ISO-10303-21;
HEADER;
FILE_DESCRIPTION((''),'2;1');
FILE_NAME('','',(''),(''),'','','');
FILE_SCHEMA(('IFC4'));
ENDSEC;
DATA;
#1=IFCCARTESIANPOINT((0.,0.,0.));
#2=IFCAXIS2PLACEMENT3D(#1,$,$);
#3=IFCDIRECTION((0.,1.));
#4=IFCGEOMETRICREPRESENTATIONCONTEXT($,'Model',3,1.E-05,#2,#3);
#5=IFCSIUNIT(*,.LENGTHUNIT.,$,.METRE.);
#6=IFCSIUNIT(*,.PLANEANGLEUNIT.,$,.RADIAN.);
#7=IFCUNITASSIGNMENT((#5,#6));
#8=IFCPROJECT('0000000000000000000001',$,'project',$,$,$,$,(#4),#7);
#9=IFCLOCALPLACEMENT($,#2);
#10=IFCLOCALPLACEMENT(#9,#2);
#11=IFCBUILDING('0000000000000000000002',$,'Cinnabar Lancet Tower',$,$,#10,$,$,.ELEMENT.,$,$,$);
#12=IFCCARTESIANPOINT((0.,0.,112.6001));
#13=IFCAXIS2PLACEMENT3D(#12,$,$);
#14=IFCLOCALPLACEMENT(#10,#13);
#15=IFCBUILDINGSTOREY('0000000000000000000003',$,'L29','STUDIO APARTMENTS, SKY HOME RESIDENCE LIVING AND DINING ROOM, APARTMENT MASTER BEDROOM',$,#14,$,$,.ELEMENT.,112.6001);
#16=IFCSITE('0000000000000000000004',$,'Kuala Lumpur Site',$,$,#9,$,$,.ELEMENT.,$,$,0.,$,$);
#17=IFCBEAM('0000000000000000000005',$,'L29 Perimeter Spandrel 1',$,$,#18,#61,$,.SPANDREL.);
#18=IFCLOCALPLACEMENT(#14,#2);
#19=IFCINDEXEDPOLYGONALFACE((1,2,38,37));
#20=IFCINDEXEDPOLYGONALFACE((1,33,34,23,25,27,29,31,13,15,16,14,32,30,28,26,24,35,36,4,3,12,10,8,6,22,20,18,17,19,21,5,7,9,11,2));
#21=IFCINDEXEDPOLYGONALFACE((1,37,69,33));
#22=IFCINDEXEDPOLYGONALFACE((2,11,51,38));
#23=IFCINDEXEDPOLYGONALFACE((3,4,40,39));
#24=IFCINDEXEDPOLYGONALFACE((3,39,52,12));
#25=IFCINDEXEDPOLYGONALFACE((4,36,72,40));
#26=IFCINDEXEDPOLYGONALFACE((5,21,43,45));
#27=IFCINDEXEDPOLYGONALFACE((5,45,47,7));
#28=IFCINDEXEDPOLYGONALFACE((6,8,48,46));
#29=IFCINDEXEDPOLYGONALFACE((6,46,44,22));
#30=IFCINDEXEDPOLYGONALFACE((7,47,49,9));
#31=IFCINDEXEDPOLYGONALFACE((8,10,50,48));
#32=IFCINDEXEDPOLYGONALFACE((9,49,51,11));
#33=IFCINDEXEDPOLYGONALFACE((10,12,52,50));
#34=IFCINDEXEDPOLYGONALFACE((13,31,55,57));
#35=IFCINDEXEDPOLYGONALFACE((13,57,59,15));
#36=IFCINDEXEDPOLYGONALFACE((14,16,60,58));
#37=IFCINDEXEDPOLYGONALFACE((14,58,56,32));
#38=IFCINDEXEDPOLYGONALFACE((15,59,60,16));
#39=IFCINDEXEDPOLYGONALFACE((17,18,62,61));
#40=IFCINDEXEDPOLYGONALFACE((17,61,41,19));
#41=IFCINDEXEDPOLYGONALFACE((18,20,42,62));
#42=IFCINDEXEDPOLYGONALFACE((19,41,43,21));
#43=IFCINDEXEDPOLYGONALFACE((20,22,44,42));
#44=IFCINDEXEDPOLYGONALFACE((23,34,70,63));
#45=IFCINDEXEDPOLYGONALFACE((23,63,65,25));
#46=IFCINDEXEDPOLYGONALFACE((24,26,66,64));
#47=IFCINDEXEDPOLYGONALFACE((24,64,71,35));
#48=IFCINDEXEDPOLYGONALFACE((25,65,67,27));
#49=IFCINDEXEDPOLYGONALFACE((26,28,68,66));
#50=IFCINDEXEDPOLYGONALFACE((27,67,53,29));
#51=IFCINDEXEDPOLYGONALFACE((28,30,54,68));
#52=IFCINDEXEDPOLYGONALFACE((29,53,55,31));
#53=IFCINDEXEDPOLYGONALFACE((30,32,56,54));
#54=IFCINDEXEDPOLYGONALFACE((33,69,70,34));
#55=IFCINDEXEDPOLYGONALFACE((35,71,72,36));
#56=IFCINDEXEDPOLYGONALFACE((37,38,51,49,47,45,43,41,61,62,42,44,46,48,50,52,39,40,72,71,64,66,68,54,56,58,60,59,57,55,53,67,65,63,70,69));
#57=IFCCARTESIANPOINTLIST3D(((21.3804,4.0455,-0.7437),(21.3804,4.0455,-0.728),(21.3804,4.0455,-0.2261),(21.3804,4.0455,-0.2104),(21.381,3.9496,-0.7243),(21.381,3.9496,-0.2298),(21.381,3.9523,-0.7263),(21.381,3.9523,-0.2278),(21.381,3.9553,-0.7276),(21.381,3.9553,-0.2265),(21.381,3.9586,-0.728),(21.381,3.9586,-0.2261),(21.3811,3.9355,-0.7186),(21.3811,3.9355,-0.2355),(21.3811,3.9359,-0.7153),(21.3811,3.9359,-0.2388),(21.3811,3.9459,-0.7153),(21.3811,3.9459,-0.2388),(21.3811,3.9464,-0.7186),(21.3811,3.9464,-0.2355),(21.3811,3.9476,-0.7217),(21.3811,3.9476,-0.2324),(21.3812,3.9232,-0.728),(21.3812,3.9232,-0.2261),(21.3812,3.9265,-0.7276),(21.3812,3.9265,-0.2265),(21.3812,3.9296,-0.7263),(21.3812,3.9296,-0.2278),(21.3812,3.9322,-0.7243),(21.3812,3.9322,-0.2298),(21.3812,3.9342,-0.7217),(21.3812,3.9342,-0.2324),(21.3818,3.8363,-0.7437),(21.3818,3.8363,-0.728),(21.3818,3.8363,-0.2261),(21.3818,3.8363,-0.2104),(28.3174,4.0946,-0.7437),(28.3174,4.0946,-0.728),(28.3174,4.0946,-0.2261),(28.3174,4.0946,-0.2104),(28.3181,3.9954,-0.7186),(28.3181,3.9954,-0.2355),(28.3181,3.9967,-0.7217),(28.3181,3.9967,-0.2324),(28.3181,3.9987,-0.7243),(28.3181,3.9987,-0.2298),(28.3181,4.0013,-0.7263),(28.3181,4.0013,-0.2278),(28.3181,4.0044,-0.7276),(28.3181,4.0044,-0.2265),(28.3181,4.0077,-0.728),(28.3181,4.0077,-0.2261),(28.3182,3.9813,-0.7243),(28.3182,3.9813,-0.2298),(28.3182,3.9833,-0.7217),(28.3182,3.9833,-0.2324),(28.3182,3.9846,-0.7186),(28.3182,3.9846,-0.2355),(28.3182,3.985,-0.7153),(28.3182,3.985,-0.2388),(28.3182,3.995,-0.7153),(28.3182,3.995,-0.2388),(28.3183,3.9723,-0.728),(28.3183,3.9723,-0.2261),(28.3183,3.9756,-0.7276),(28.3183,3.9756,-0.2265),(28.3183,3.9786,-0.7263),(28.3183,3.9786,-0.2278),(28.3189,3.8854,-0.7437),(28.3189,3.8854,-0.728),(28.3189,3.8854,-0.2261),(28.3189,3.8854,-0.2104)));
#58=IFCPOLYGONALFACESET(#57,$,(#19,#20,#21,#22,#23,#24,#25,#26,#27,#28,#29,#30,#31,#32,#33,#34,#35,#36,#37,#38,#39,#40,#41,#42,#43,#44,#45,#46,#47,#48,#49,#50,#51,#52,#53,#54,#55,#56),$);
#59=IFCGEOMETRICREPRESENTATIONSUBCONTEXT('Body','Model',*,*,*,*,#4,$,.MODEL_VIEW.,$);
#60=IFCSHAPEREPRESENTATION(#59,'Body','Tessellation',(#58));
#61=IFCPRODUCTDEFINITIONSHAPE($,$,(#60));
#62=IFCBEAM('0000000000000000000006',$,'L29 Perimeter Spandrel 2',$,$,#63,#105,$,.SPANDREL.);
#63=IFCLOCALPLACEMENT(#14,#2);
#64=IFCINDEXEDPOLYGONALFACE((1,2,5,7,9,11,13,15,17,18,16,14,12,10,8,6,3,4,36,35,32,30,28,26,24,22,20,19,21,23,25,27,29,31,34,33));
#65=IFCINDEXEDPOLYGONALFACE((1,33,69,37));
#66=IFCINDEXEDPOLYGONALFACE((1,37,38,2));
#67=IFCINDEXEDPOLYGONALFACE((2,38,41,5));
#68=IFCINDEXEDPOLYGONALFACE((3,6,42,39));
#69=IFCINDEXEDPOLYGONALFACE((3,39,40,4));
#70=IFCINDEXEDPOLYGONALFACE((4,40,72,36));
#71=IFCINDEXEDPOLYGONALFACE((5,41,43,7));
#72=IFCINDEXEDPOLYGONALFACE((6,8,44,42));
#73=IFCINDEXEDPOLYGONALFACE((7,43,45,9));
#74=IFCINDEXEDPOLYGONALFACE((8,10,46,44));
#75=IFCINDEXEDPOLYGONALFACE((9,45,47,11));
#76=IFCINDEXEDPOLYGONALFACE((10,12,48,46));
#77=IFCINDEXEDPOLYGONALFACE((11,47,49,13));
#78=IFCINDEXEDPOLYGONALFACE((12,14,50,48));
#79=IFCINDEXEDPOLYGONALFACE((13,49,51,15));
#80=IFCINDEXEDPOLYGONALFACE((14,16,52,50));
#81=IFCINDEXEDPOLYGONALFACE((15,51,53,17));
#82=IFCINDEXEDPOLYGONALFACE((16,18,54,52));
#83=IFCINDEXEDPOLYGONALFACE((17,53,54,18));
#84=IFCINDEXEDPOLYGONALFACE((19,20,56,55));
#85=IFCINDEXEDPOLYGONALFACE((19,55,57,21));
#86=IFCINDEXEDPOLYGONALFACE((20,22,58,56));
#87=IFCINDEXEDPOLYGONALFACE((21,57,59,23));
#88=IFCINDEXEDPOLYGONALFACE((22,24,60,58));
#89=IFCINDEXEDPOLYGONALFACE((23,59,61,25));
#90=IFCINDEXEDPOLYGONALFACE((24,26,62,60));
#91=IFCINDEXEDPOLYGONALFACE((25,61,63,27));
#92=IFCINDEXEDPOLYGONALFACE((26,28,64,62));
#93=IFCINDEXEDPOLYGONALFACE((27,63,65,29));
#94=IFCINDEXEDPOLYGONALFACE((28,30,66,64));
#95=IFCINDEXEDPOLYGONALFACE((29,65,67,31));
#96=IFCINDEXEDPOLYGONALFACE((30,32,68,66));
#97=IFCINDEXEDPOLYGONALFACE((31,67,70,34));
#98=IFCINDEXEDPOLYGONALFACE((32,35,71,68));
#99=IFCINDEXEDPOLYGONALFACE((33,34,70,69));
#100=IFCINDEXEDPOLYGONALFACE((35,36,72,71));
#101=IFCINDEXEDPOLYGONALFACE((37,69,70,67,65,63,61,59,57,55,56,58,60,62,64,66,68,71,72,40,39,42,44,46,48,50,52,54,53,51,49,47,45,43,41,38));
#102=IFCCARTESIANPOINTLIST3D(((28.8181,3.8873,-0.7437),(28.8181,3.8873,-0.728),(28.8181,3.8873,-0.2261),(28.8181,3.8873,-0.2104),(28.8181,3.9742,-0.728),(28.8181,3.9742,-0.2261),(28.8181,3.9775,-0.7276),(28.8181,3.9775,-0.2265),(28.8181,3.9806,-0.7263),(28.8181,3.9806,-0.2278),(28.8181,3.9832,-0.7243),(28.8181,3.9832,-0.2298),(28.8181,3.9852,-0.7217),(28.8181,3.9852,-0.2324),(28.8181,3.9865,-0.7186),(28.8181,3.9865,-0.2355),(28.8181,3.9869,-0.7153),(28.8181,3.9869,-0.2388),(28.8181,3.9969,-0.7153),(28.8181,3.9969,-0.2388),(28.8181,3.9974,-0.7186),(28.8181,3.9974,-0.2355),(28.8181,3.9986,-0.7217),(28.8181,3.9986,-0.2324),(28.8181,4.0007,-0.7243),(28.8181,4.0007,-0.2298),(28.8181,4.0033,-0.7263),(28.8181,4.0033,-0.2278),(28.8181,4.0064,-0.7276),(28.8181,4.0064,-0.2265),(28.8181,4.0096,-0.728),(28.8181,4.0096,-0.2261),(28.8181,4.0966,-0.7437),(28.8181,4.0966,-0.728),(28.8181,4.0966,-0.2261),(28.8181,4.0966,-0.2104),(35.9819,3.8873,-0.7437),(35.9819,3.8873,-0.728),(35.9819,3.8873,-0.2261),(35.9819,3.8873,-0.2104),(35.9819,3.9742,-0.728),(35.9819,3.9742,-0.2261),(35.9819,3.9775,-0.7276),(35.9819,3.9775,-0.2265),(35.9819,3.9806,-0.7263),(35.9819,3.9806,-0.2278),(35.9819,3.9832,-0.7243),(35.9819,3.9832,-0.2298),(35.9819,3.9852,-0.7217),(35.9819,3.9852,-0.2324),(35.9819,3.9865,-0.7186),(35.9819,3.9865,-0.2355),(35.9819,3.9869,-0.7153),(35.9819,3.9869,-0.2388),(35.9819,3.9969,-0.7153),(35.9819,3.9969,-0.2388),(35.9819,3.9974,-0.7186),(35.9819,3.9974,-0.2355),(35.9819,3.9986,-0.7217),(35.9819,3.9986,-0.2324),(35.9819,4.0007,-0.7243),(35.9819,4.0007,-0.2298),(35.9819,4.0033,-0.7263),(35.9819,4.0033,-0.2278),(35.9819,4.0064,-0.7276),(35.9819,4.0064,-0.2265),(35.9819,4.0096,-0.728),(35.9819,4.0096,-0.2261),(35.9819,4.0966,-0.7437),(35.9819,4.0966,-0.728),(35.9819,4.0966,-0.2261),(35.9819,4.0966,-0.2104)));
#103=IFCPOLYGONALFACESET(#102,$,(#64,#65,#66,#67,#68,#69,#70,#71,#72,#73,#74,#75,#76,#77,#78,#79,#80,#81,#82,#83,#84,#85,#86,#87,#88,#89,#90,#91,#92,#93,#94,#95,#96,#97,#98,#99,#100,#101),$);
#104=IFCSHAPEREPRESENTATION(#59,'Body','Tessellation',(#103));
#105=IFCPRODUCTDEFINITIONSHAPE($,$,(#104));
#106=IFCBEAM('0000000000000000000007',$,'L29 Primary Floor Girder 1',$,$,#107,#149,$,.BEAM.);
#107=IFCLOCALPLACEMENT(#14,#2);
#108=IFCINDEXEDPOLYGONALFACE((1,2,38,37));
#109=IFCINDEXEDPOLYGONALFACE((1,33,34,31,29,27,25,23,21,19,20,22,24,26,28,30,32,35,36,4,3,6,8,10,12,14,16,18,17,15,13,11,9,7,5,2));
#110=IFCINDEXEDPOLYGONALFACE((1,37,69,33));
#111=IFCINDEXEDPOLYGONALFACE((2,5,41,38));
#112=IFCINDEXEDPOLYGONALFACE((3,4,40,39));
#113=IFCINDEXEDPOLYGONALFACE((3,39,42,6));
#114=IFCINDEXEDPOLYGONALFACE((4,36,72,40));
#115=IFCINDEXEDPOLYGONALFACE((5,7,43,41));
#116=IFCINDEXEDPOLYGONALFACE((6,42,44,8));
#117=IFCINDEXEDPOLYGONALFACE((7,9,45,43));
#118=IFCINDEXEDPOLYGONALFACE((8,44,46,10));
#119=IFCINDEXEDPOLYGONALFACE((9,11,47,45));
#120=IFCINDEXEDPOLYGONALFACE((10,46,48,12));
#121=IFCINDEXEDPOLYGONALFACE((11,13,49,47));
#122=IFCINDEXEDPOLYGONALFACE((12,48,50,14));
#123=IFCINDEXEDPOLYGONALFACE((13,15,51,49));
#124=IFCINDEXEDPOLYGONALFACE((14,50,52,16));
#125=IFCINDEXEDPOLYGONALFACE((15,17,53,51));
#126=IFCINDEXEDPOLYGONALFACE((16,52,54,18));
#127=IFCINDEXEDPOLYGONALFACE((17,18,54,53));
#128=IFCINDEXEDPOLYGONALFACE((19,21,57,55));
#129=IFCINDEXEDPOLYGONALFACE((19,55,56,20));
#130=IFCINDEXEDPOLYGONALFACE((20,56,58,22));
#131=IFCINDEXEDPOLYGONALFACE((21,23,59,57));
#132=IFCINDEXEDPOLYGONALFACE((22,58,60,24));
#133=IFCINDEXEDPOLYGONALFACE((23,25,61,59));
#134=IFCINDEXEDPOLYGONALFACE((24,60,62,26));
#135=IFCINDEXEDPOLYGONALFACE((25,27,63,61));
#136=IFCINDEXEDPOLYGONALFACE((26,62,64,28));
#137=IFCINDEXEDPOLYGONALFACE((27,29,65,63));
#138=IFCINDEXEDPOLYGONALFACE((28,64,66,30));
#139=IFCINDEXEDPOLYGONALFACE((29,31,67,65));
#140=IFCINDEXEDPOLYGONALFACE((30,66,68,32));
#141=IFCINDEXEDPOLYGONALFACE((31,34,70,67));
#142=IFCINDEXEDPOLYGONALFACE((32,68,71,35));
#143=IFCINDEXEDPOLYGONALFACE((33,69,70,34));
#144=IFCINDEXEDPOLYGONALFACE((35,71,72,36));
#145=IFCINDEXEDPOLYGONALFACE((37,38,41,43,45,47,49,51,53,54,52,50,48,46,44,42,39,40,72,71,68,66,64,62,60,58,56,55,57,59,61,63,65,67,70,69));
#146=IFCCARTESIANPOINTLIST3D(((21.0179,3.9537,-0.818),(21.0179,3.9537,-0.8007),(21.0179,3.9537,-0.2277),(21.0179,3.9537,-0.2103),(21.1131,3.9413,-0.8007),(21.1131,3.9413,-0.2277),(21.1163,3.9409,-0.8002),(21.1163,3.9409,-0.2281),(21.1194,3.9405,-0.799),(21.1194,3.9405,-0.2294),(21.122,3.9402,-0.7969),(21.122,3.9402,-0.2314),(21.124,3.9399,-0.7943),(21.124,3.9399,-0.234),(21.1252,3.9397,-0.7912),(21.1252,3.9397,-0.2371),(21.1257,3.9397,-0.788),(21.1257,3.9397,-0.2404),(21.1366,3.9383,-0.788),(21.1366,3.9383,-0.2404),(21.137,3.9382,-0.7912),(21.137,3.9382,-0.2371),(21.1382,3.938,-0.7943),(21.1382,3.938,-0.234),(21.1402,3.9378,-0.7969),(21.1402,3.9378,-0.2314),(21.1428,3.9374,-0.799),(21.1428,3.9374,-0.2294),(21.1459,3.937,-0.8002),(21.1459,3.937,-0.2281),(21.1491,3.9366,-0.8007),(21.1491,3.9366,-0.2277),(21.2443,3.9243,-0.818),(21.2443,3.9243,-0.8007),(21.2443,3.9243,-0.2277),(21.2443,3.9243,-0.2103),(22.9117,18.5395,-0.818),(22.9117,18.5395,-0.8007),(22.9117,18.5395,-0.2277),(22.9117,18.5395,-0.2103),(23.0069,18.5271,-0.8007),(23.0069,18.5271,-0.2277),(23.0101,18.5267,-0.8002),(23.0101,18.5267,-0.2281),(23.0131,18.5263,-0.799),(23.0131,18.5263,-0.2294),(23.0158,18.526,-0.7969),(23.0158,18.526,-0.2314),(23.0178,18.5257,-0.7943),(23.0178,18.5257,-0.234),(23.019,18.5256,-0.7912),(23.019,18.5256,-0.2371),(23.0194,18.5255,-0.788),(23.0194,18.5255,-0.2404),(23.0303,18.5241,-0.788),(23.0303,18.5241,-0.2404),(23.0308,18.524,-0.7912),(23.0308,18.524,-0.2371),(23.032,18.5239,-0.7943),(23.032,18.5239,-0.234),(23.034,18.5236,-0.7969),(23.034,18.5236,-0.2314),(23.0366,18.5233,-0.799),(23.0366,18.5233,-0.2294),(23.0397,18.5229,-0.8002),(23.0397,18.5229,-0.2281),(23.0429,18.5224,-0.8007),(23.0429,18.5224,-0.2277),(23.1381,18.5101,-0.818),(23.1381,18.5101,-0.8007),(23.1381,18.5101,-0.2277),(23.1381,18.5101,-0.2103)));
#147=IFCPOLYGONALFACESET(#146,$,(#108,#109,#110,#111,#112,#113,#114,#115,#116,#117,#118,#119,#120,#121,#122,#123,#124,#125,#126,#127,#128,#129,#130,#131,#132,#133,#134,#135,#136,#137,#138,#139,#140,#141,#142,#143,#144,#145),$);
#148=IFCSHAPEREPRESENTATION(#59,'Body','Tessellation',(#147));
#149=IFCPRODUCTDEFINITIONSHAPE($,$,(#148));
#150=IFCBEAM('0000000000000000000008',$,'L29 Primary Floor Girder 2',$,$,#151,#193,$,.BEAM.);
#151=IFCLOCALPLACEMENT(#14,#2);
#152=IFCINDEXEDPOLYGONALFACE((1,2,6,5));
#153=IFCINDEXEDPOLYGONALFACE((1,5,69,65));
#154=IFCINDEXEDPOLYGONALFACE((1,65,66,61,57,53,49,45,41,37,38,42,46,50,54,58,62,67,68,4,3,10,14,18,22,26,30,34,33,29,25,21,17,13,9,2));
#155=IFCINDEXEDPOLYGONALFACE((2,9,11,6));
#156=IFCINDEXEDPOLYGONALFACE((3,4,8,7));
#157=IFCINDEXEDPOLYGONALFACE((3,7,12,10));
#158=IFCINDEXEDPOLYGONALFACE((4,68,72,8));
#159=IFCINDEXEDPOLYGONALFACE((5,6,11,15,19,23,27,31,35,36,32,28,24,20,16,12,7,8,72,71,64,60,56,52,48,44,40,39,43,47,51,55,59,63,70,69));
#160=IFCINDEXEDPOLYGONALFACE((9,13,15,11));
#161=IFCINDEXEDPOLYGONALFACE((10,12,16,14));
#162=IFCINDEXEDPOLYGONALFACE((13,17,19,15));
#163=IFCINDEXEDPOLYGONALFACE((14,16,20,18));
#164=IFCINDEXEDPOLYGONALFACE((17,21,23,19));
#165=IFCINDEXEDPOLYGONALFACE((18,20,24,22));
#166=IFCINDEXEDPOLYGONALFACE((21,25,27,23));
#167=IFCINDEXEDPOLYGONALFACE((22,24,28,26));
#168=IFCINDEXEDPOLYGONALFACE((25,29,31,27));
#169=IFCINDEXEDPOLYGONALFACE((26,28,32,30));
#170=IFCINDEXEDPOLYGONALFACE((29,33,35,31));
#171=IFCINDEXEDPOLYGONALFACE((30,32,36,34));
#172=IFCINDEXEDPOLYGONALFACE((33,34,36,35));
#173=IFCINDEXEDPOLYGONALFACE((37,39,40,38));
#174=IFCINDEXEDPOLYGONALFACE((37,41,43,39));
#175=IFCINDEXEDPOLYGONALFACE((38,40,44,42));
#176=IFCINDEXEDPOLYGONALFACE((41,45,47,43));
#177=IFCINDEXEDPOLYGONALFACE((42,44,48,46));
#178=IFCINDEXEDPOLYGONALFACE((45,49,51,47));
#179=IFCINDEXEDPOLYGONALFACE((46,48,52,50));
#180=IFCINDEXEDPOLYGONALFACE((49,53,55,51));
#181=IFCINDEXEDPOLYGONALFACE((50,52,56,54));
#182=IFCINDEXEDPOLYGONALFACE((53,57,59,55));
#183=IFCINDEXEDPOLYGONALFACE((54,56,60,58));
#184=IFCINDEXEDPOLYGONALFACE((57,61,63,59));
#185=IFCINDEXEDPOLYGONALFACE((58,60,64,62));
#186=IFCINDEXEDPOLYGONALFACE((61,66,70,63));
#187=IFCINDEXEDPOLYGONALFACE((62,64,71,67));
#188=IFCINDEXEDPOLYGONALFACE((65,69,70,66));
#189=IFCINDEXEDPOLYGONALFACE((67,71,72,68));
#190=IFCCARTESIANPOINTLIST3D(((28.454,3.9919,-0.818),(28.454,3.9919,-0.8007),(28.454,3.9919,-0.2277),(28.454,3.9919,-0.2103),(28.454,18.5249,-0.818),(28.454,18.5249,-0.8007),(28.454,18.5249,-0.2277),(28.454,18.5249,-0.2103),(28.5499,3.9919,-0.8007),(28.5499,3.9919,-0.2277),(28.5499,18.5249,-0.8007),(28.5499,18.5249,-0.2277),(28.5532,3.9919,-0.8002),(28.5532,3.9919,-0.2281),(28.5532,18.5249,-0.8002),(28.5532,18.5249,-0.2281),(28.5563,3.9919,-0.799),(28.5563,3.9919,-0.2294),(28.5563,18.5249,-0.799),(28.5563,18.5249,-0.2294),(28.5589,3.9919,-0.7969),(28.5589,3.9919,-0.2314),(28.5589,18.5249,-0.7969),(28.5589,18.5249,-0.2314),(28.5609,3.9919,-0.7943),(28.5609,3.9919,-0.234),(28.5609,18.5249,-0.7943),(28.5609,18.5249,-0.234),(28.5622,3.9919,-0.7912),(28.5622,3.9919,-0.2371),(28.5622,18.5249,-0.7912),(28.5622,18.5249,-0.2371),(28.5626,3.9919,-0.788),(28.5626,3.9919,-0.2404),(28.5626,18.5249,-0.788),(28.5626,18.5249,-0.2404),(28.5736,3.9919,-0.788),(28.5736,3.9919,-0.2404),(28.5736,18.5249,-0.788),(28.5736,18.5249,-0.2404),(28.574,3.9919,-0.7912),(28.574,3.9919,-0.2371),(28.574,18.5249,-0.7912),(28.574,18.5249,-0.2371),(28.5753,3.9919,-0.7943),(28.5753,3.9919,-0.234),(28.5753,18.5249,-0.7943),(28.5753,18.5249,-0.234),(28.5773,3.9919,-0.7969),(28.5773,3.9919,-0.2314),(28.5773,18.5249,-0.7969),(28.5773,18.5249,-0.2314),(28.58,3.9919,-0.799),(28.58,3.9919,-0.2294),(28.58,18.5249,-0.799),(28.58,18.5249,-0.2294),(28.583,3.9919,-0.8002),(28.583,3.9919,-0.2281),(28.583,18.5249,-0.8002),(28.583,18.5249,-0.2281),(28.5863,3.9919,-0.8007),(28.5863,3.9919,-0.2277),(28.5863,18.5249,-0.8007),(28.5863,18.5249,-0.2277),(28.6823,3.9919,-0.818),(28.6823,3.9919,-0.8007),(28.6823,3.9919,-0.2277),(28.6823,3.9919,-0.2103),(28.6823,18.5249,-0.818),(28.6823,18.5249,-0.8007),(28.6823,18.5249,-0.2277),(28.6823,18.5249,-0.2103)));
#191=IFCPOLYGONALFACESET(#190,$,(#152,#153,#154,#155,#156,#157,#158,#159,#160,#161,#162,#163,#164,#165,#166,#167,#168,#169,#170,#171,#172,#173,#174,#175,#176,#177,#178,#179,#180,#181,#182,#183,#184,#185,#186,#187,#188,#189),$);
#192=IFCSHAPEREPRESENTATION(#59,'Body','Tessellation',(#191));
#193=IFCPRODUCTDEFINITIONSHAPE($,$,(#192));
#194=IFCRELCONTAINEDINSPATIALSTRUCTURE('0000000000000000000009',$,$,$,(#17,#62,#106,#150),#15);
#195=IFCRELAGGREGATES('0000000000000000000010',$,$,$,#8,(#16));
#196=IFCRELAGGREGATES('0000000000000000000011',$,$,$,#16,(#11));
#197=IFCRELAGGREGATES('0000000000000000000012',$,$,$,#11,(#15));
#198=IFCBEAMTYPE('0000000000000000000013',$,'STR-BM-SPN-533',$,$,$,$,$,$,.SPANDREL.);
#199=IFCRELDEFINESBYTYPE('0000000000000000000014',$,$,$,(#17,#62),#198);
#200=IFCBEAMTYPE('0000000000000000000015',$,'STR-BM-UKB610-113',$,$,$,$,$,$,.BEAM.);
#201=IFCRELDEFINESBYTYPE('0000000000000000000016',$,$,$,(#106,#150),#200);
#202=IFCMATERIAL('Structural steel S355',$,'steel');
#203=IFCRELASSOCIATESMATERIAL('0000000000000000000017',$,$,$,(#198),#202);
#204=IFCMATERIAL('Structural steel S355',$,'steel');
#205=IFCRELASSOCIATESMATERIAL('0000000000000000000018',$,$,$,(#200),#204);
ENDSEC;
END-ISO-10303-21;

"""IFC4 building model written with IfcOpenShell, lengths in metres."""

from ifc_helpers import new_model, si_unit, direction, frame, origin, origin_2d, place, context, subcontext, project, spatial, i_section, extrude, material, material_profile, profile_set, type_object, element, save


model = new_model("IFC4")

# Units and contexts
model_context = context("Model", 3, precision=1e-05, world=origin(), true_north=direction((0.0, 1.0)))
body_context = subcontext(model_context, "Body", "Model", "MODEL_VIEW")
ifc_project = project(units=[si_unit("LENGTHUNIT", "METRE"), si_unit("PLANEANGLEUNIT", "RADIAN")], contexts=[model_context])

# Site, building, storey
site_placement = place(None, origin())
site = spatial("IfcSite", under=ifc_project, at=site_placement, Name="Kuala Lumpur Site", CompositionType="ELEMENT", RefElevation=0.0)
building_placement = place(site_placement, origin())
building = spatial("IfcBuilding", under=site, at=building_placement, Name="Cinnabar Lancet Tower", CompositionType="ELEMENT")
storey_placement = place(building_placement, frame((0.0, 0.0, 112.6001)))
storey = spatial("IfcBuildingStorey", under=building, at=storey_placement, Name="L29", Description="STUDIO APARTMENTS, SKY HOME RESIDENCE LIVING AND DINING ROOM, APARTMENT MASTER BEDROOM", CompositionType="ELEMENT", Elevation=112.6001)

# Beams
ifc_material_1 = material(Name="Structural steel S355", Category="steel")
ifc_material_profile_1 = material_profile(ifc_material_1, i_section(OverallWidth=0.2092, OverallDepth=0.5332, WebThickness=0.01, FlangeThickness=0.0156, FilletRadius=0.0127, at=origin_2d()), Name="UKB 533x210x92")
ifc_profile_set_1 = profile_set([ifc_material_profile_1], Name="Structural steel S355")
beam_type_1 = type_object("IfcBeamType", Name="STR-BM-SPN-533", PredefinedType="SPANDREL", material=ifc_profile_set_1)
beam_1_placement = place(storey_placement, frame((21.3811, 3.9409, -0.4771), z_axis=(0.999975, 0.007074, 0.0), x_axis=(-0.007074, 0.999975, 0.0)))
element("IfcBeam", 1, at=beam_1_placement, inside=storey, type_object=beam_type_1, Name="L29 Perimeter Spandrel 1", PredefinedType="SPANDREL", context=body_context, shape_type="SweptSolid", body=[
    extrude(i_section(OverallWidth=0.2092, OverallDepth=0.5332, WebThickness=0.01, FlangeThickness=0.0156, FilletRadius=0.0127, at=origin_2d()), origin(), (0.0, 0.0, 1.0), 6.9373),
])
beam_2_placement = place(storey_placement, frame((28.8181, 3.9919, -0.4771), z_axis=(1.0, 0.0, 0.0), x_axis=(0.0, 1.0, 0.0)))
element("IfcBeam", 2, at=beam_2_placement, inside=storey, type_object=beam_type_1, Name="L29 Perimeter Spandrel 2", PredefinedType="SPANDREL", context=body_context, shape_type="SweptSolid", body=[
    extrude(i_section(OverallWidth=0.2092, OverallDepth=0.5332, WebThickness=0.01, FlangeThickness=0.0156, FilletRadius=0.0127, at=origin_2d()), origin(), (0.0, 0.0, 1.0), 7.1638),
])
ifc_material_2 = material(Name="Structural steel S355", Category="steel")
ifc_material_profile_2 = material_profile(ifc_material_2, i_section(OverallWidth=0.2283, OverallDepth=0.6077, WebThickness=0.011, FlangeThickness=0.0173, FilletRadius=0.0127, at=origin_2d()), Name="UKB 610x229x113")
ifc_profile_set_2 = profile_set([ifc_material_profile_2], Name="Structural steel S355")
beam_type_2 = type_object("IfcBeamType", Name="STR-BM-UKB610-113", PredefinedType="BEAM", material=ifc_profile_set_2)
beam_3_placement = place(storey_placement, frame((21.1311, 3.939, -0.5142), z_axis=(0.128757, 0.991676, 0.0), x_axis=(-0.991676, 0.128757, 0.0)))
element("IfcBeam", 3, at=beam_3_placement, inside=storey, type_object=beam_type_2, Name="L29 Primary Floor Girder 1", PredefinedType="BEAM", context=body_context, shape_type="SweptSolid", body=[
    extrude(i_section(OverallWidth=0.2283, OverallDepth=0.6077, WebThickness=0.011, FlangeThickness=0.0173, FilletRadius=0.0127, at=origin_2d()), origin(), (0.0, 0.0, 1.0), 14.7083),
])
beam_4_placement = place(storey_placement, frame((28.5681, 3.9919, -0.5142), z_axis=(0.0, 1.0, 0.0), x_axis=(-1.0, 0.0, 0.0)))
element("IfcBeam", 4, at=beam_4_placement, inside=storey, type_object=beam_type_2, Name="L29 Primary Floor Girder 2", PredefinedType="BEAM", context=body_context, shape_type="SweptSolid", body=[
    extrude(i_section(OverallWidth=0.2283, OverallDepth=0.6077, WebThickness=0.011, FlangeThickness=0.0173, FilletRadius=0.0127, at=origin_2d()), origin(), (0.0, 0.0, 1.0), 14.533),
])

save(model, "model.ifc")
